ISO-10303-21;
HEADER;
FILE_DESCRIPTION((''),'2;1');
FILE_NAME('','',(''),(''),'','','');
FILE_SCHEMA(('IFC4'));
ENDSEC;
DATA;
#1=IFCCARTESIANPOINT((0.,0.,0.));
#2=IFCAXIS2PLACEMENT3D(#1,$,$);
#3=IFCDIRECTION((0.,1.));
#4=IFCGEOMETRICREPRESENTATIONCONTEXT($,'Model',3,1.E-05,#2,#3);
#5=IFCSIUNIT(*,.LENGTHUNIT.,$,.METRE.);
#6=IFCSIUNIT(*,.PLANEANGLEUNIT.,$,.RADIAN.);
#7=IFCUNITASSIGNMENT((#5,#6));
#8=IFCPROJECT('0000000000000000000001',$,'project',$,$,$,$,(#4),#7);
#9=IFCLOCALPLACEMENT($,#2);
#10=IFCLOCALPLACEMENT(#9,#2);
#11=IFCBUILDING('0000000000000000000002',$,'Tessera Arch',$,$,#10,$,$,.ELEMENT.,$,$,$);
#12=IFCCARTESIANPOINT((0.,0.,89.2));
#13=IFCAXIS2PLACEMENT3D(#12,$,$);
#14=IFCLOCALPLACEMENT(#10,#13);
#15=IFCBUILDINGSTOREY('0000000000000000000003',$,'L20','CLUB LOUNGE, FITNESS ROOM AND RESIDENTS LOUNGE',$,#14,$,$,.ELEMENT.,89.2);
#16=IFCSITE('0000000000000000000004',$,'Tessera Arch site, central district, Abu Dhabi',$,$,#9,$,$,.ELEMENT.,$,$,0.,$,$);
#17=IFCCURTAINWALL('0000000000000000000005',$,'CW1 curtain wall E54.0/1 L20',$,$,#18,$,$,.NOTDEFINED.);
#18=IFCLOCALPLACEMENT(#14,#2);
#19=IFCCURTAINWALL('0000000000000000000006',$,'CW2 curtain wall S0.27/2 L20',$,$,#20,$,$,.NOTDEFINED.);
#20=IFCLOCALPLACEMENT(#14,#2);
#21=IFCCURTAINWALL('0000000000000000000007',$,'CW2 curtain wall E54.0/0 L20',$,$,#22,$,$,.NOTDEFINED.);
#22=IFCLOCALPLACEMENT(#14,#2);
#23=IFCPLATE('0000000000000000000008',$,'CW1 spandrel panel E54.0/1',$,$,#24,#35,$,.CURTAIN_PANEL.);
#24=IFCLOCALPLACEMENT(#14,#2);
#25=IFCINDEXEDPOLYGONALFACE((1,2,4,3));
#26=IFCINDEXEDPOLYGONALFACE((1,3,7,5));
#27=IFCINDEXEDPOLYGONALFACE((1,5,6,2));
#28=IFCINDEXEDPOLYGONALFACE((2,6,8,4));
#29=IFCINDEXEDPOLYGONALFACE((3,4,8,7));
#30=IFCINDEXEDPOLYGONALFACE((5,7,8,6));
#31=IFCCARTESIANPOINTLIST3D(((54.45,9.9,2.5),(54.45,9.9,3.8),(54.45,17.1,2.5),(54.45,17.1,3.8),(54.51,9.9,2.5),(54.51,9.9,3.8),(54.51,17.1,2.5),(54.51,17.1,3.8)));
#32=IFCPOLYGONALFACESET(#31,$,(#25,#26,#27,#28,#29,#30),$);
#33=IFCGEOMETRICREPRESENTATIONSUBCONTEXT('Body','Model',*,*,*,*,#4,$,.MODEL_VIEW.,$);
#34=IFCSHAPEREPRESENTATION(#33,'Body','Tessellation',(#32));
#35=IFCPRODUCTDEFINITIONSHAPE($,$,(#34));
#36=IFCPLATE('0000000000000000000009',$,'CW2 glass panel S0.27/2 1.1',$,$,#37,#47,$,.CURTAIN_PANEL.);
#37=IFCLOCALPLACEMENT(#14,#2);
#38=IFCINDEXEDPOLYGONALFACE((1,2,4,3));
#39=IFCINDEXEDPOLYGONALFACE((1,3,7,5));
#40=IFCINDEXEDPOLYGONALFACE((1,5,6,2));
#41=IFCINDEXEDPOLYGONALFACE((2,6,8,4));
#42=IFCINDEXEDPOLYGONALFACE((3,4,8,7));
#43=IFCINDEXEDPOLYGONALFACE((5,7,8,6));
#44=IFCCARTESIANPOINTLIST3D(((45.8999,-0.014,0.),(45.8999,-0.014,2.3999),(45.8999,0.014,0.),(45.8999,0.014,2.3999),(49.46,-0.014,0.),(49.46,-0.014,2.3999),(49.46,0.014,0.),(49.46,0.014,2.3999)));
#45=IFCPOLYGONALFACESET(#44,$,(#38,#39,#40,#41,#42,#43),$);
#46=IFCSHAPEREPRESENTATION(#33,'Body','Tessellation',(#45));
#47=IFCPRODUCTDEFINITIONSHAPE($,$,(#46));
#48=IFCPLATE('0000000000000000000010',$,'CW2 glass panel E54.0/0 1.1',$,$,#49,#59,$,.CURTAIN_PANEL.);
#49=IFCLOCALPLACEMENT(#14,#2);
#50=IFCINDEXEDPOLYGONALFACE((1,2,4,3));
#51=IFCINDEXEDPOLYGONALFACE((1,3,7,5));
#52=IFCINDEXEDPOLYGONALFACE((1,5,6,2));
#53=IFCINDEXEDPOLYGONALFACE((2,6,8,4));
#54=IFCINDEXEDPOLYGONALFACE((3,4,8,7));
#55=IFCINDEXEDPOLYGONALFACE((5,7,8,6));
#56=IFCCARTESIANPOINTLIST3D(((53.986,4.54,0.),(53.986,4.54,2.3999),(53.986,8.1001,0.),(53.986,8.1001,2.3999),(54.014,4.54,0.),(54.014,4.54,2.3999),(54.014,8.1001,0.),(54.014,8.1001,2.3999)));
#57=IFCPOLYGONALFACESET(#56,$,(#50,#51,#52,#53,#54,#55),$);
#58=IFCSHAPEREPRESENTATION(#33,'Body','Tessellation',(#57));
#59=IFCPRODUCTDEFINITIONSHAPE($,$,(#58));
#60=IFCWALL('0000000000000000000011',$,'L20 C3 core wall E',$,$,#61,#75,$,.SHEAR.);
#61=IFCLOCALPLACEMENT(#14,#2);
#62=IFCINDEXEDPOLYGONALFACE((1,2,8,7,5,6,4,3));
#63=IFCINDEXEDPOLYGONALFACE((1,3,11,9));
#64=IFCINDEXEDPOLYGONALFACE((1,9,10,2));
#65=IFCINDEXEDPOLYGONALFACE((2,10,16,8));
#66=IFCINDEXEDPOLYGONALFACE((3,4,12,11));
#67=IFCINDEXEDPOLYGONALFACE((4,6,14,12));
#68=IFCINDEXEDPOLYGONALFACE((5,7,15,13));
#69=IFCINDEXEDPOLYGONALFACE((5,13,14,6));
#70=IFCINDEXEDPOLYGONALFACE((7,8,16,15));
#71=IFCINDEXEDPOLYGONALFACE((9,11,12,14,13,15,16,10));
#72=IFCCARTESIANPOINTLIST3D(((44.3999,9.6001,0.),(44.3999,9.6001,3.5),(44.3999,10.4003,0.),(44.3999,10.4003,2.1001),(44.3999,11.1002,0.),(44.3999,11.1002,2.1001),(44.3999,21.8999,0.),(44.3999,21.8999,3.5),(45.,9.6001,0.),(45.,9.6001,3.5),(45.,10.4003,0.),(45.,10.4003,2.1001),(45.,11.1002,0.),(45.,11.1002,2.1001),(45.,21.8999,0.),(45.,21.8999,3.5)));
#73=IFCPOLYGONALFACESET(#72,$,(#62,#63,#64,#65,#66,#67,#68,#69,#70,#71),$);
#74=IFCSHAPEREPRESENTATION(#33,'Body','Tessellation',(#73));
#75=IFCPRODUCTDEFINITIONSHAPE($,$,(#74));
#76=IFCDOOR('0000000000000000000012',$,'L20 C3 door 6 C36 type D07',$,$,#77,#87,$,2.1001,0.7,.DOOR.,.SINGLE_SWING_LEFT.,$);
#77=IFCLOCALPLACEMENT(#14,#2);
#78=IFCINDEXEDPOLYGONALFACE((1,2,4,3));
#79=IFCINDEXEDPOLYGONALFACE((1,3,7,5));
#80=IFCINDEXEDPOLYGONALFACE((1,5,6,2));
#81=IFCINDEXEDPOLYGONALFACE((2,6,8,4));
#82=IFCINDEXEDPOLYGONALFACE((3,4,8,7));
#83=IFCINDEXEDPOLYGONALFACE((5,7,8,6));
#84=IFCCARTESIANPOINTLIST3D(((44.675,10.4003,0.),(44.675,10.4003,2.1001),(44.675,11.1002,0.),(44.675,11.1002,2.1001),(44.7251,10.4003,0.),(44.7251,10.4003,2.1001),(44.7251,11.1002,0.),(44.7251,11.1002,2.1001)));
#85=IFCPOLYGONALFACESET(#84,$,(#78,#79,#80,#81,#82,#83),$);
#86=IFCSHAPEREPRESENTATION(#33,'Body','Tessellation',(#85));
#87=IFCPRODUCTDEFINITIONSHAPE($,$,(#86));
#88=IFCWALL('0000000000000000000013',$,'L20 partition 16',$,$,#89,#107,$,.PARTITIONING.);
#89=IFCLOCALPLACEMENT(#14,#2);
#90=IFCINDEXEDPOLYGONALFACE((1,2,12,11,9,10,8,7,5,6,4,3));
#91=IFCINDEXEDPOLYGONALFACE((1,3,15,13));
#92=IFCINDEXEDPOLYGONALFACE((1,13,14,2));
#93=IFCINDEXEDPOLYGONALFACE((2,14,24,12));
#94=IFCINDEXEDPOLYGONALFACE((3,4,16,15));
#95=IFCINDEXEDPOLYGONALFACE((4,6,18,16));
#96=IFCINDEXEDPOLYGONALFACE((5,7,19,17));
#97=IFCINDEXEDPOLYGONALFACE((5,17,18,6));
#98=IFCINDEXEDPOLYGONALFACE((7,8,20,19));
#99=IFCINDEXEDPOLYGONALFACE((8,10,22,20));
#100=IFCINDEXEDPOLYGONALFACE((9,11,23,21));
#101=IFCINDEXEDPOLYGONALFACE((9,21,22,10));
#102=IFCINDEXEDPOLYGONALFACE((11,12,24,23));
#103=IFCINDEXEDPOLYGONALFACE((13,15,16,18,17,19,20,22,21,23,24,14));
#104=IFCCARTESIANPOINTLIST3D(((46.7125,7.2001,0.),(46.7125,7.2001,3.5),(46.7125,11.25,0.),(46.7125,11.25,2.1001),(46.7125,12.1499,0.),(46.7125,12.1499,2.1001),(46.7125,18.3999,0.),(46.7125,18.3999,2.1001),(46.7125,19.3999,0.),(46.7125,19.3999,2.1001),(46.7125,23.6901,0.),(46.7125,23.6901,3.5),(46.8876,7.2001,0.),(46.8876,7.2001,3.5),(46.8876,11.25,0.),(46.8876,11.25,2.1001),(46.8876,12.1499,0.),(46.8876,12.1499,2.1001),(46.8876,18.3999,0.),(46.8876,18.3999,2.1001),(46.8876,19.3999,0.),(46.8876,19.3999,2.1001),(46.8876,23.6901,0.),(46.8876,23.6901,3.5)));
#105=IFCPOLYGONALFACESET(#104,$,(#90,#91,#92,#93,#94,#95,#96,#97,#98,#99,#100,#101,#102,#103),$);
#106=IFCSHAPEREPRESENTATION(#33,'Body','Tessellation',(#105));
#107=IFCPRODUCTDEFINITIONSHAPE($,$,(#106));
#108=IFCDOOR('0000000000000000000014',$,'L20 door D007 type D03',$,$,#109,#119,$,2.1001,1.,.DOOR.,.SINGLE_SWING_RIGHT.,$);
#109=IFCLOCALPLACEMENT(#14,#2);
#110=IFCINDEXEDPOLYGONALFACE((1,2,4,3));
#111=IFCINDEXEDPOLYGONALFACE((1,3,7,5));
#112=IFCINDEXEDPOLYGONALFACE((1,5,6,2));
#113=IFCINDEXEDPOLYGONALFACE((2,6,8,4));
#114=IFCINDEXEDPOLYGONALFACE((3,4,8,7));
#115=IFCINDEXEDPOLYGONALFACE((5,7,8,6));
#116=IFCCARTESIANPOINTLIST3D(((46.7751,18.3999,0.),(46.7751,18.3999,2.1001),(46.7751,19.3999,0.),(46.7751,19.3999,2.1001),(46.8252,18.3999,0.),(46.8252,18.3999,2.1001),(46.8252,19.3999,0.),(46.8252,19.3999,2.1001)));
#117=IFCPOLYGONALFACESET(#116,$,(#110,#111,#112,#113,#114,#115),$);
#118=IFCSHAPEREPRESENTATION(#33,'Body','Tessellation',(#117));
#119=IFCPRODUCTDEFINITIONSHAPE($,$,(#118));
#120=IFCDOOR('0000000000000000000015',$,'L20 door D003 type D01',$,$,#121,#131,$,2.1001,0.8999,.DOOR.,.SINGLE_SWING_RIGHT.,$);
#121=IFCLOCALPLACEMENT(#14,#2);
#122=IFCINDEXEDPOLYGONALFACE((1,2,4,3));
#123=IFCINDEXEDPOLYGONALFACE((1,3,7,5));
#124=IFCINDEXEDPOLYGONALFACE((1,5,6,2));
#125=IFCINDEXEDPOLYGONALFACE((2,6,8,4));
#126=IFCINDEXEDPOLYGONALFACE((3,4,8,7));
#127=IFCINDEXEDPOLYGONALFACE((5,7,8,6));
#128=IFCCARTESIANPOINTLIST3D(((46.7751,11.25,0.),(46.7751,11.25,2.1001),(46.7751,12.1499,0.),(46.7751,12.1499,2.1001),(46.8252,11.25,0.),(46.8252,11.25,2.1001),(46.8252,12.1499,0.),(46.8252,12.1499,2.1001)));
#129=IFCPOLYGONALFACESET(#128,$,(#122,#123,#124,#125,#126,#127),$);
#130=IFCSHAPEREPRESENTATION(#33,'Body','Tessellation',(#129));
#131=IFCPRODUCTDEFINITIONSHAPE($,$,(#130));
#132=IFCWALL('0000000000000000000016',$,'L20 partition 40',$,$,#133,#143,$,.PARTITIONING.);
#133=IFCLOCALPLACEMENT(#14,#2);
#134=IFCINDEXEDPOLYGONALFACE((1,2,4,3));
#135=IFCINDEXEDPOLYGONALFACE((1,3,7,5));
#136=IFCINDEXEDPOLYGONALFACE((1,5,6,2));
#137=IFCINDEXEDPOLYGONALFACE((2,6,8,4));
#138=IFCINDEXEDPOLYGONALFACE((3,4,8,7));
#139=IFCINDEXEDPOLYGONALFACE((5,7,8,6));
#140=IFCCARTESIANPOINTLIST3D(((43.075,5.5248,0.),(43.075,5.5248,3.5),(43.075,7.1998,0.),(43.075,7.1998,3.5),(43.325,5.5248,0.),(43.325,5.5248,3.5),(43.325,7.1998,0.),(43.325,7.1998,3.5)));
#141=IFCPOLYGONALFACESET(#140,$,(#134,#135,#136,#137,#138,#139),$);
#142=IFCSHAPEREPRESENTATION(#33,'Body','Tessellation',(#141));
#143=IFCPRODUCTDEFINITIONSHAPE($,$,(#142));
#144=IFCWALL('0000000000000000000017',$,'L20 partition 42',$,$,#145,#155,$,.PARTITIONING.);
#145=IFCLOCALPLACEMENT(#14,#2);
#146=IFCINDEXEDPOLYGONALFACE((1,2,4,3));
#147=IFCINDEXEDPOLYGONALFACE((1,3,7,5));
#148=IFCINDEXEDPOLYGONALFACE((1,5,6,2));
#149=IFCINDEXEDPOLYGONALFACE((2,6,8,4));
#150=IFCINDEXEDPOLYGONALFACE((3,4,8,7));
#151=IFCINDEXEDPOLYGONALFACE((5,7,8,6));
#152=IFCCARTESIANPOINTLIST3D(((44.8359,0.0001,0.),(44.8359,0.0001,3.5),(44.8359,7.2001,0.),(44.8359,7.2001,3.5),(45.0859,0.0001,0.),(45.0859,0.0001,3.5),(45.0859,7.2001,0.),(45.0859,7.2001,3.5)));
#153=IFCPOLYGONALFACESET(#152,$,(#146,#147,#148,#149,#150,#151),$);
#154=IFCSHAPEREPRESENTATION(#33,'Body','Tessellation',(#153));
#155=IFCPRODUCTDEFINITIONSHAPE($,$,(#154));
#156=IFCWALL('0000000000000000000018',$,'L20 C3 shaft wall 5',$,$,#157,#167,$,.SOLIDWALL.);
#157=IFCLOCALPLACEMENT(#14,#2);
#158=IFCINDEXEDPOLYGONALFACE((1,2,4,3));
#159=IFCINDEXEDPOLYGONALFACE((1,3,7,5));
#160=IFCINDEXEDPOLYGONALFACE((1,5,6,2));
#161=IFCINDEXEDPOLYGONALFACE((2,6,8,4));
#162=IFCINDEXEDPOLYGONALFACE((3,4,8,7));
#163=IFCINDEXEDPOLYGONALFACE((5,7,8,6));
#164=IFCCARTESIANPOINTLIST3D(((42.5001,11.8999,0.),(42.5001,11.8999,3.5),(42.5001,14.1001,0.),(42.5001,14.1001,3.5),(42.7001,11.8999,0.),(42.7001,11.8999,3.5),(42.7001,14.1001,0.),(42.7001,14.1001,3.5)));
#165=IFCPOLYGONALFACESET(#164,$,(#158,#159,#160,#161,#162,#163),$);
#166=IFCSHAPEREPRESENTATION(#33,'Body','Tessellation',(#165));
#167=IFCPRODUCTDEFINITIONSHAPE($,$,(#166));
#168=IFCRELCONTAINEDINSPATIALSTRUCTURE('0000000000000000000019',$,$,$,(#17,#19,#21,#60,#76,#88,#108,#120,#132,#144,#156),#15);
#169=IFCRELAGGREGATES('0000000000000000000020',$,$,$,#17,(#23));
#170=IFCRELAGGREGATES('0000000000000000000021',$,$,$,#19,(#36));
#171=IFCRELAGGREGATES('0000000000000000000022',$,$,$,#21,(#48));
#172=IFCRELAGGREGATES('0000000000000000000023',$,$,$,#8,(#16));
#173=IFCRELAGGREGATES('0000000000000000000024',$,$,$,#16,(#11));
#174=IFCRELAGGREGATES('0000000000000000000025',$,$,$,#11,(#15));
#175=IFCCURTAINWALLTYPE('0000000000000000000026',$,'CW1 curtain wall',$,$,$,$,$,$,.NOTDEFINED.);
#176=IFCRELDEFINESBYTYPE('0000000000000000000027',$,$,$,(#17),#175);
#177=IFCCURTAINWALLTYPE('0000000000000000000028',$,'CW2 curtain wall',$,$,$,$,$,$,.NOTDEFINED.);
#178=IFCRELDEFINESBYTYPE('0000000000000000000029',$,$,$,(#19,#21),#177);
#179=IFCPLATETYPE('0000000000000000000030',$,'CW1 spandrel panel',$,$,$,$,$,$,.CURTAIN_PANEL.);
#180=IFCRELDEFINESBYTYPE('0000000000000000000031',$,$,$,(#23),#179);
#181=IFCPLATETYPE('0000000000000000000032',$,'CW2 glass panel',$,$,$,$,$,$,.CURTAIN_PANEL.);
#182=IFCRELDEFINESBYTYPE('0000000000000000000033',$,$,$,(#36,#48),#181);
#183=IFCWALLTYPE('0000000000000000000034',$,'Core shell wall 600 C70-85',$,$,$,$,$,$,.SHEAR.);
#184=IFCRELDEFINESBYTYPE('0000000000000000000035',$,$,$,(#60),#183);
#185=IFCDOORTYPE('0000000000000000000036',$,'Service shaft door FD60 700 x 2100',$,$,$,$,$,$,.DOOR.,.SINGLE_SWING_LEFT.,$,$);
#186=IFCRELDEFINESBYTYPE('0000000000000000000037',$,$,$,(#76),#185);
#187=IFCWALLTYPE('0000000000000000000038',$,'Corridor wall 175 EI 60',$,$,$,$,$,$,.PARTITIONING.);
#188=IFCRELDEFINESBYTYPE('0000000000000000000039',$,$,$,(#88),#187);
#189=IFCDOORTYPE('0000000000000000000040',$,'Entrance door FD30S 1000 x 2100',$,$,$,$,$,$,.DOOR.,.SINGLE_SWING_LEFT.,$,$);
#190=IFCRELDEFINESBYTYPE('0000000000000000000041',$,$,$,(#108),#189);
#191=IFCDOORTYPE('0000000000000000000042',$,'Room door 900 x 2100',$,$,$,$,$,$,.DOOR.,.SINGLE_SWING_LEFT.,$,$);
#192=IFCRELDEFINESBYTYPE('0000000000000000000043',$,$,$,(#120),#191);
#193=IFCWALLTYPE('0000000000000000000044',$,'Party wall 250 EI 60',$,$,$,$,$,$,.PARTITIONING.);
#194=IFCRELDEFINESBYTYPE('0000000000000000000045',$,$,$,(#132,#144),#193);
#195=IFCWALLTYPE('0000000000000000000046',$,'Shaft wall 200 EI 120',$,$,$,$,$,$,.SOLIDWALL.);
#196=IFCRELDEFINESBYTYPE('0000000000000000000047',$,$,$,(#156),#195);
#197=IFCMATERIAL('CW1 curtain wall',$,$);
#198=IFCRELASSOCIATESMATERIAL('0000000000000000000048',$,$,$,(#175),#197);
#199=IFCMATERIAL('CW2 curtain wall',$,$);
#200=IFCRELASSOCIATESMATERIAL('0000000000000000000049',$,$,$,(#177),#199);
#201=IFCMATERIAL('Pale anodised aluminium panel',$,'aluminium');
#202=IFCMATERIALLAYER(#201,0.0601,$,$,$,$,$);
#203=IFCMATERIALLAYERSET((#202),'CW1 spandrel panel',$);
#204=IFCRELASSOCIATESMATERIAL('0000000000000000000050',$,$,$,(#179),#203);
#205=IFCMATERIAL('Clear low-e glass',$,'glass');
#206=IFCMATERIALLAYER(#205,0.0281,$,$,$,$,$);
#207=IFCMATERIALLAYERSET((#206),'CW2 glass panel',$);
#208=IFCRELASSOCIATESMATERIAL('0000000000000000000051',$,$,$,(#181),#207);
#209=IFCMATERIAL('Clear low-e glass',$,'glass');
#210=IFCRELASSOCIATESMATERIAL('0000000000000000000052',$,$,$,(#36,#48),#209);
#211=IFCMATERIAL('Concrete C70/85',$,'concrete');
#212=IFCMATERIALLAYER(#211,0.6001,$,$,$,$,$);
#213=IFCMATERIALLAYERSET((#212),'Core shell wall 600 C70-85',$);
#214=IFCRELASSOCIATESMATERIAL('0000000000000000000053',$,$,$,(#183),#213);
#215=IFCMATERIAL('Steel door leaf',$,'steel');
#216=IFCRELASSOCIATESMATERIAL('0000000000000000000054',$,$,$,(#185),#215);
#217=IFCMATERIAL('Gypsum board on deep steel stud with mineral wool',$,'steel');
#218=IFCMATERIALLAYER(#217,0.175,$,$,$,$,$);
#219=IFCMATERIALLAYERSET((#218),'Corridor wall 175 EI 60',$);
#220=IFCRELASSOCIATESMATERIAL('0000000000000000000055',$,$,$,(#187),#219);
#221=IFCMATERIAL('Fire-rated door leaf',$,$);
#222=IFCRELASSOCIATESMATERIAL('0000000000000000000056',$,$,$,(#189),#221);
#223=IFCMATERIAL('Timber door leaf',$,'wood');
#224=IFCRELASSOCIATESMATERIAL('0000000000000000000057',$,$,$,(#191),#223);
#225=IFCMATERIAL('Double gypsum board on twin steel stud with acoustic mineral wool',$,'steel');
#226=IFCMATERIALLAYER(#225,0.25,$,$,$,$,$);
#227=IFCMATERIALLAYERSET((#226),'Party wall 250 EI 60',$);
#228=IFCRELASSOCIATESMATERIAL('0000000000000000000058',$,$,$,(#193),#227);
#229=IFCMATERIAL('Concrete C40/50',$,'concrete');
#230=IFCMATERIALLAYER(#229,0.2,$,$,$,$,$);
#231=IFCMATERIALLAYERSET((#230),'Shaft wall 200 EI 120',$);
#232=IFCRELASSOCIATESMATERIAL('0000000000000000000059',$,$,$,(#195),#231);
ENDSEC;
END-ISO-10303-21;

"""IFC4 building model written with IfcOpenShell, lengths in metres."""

from ifc_helpers import new_model, si_unit, direction, frame, frame_2d, origin, origin_2d, place, context, subcontext, project, spatial, rectangle, extrude, material, layer, layer_set, type_object, element, fill, aggregate, save


model = new_model("IFC4")

# Units and contexts
model_context = context("Model", 3, precision=1e-05, world=origin(), true_north=direction((0.0, 1.0)))
body_context = subcontext(model_context, "Body", "Model", "MODEL_VIEW")
ifc_project = project(units=[si_unit("LENGTHUNIT", "METRE"), si_unit("PLANEANGLEUNIT", "RADIAN")], contexts=[model_context])

# Site, building, storey
site_placement = place(None, origin())
site = spatial("IfcSite", under=ifc_project, at=site_placement, Name="Tessera Arch site, central district, Abu Dhabi", CompositionType="ELEMENT", RefElevation=0.0)
building_placement = place(site_placement, origin())
building = spatial("IfcBuilding", under=site, at=building_placement, Name="Tessera Arch", CompositionType="ELEMENT")
storey_placement = place(building_placement, frame((0.0, 0.0, 89.2)))
storey = spatial("IfcBuildingStorey", under=building, at=storey_placement, Name="L20", Description="CLUB LOUNGE, FITNESS ROOM AND RESIDENTS LOUNGE", CompositionType="ELEMENT", Elevation=89.2)

# Curtain wall
ifc_material_1 = material(Name="CW1 curtain wall")
curtain_wall_type_1 = type_object("IfcCurtainWallType", Name="CW1 curtain wall", PredefinedType="NOTDEFINED", material=ifc_material_1)
curtain_wall_1_placement = place(storey_placement, origin())
curtain_wall_1 = element("IfcCurtainWall", 1, at=curtain_wall_1_placement, inside=storey, type_object=curtain_wall_type_1, Name="CW1 curtain wall E54.0/1 L20", PredefinedType="NOTDEFINED")

# Curtain walls
ifc_material_2 = material(Name="CW2 curtain wall")
curtain_wall_type_2 = type_object("IfcCurtainWallType", Name="CW2 curtain wall", PredefinedType="NOTDEFINED", material=ifc_material_2)
curtain_wall_2_placement = place(storey_placement, origin())
curtain_wall_2 = element("IfcCurtainWall", 2, at=curtain_wall_2_placement, inside=storey, type_object=curtain_wall_type_2, Name="CW2 curtain wall S0.27/2 L20", PredefinedType="NOTDEFINED")
curtain_wall_3_placement = place(storey_placement, origin())
curtain_wall_3 = element("IfcCurtainWall", 3, at=curtain_wall_3_placement, inside=storey, type_object=curtain_wall_type_2, Name="CW2 curtain wall E54.0/0 L20", PredefinedType="NOTDEFINED")

# Shared definitions
ifc_material_3 = material(Name="Clear low-e glass", Category="glass")

# Plates
ifc_material_4 = material(Name="Pale anodised aluminium panel", Category="aluminium")
ifc_layer_1 = layer(ifc_material_4, 0.0601)
ifc_layer_set_1 = layer_set([ifc_layer_1], Name="CW1 spandrel panel")
plate_type_1 = type_object("IfcPlateType", Name="CW1 spandrel panel", PredefinedType="CURTAIN_PANEL", material=ifc_layer_set_1)
plate_1_placement = place(storey_placement, frame((54.48, 13.5, 2.5), z_axis=(0.0, 0.0, 1.0), x_axis=(0.0, 1.0, 0.0)))
plate_1 = element("IfcPlate", 4, at=plate_1_placement, type_object=plate_type_1, Name="CW1 spandrel panel E54.0/1", PredefinedType="CURTAIN_PANEL", context=body_context, shape_type="SweptSolid", body=[
    extrude(rectangle(XDim=7.2, YDim=0.0601, at=origin_2d()), origin(), (0.0, 0.0, 1.0), 1.3),
])
aggregate(curtain_wall_1, [plate_1])
ifc_material_5 = material(Name="Clear low-e glass", Category="glass")
ifc_layer_2 = layer(ifc_material_5, 0.0281)
ifc_layer_set_2 = layer_set([ifc_layer_2], Name="CW2 glass panel")
plate_type_2 = type_object("IfcPlateType", Name="CW2 glass panel", PredefinedType="CURTAIN_PANEL", material=ifc_layer_set_2)
plate_2_placement = place(storey_placement, frame((47.6799, 0.0, 0.0), z_axis=(0.0, 0.0, 1.0), x_axis=(1.0, 0.0, 0.0)))
plate_2 = element("IfcPlate", 5, at=plate_2_placement, type_object=plate_type_2, material=ifc_material_3, Name="CW2 glass panel S0.27/2 1.1", PredefinedType="CURTAIN_PANEL", context=body_context, shape_type="SweptSolid", body=[
    extrude(rectangle(XDim=3.5601, YDim=0.0281, at=origin_2d()), origin(), (0.0, 0.0, 1.0), 2.3999),
])
aggregate(curtain_wall_2, [plate_2])
plate_3_placement = place(storey_placement, frame((54.0, 6.3201, 0.0), z_axis=(0.0, 0.0, 1.0), x_axis=(0.0, 1.0, 0.0)))
plate_3 = element("IfcPlate", 6, at=plate_3_placement, type_object=plate_type_2, material=ifc_material_3, Name="CW2 glass panel E54.0/0 1.1", PredefinedType="CURTAIN_PANEL", context=body_context, shape_type="SweptSolid", body=[
    extrude(rectangle(XDim=3.5601, YDim=0.0281, at=origin_2d()), origin(), (0.0, 0.0, 1.0), 2.3999),
])
aggregate(curtain_wall_3, [plate_3])

# Wall, opening, door
ifc_material_6 = material(Name="Concrete C70/85", Category="concrete")
ifc_layer_3 = layer(ifc_material_6, 0.6001)
ifc_layer_set_3 = layer_set([ifc_layer_3], Name="Core shell wall 600 C70-85")
wall_type_1 = type_object("IfcWallType", Name="Core shell wall 600 C70-85", PredefinedType="SHEAR", material=ifc_layer_set_3)
wall_1_placement = place(storey_placement, frame((44.7, 9.6001, 0.0), z_axis=(0.0, 0.0, 1.0), x_axis=(0.0, 1.0, 0.0)))
wall_1 = element("IfcWall", 7, at=wall_1_placement, inside=storey, type_object=wall_type_1, Name="L20 C3 core wall E", PredefinedType="SHEAR", context=body_context, shape_type="SweptSolid", body=[
    extrude(rectangle(XDim=12.2998, YDim=0.6001, at=frame_2d((6.1499, 0.0))), origin(), (0.0, 0.0, 1.0), 3.5),
])
opening_1_placement = place(wall_1_placement, frame((0.8, 0.0, 0.0)))
opening_1 = element("IfcOpeningElement", 8, at=opening_1_placement, cuts=wall_1, PredefinedType="OPENING", context=body_context, shape_type="SweptSolid", body=[
    extrude(rectangle(XDim=0.7, YDim=2.1001, at=frame_2d((0.3501, 1.05))), frame((0.0, 0.3101, 0.0), z_axis=(0.0, -1.0, 0.0), x_axis=(1.0, 0.0, 0.0)), (0.0, 0.0, 1.0), 0.6201),
])
ifc_material_7 = material(Name="Steel door leaf", Category="steel")
door_type_1 = type_object("IfcDoorType", Name="Service shaft door FD60 700 x 2100", OperationType="SINGLE_SWING_LEFT", PredefinedType="DOOR", material=ifc_material_7)
door_1_placement = place(opening_1_placement, origin())
door_1 = element("IfcDoor", 9, at=door_1_placement, inside=storey, type_object=door_type_1, Name="L20 C3 door 6 C36 type D07", OperationType="SINGLE_SWING_LEFT", OverallHeight=2.1001, OverallWidth=0.7, PredefinedType="DOOR", context=body_context, shape_type="SweptSolid", body=[
    extrude(rectangle(XDim=0.7, YDim=2.1001, at=frame_2d((0.3501, 1.05))), frame((0.0, 0.0249, 0.0), z_axis=(0.0, -1.0, 0.0), x_axis=(1.0, 0.0, 0.0)), (0.0, 0.0, 1.0), 0.05),
])
fill(opening_1, door_1)

# Wall, openings, doors
ifc_material_8 = material(Name="Gypsum board on deep steel stud with mineral wool", Category="steel")
ifc_layer_4 = layer(ifc_material_8, 0.175)
ifc_layer_set_4 = layer_set([ifc_layer_4], Name="Corridor wall 175 EI 60")
wall_type_2 = type_object("IfcWallType", Name="Corridor wall 175 EI 60", PredefinedType="PARTITIONING", material=ifc_layer_set_4)
wall_2_placement = place(storey_placement, frame((46.8, 7.2, 0.0), z_axis=(0.0, 0.0, 1.0), x_axis=(0.0, 1.0, 0.0)))
wall_2 = element("IfcWall", 10, at=wall_2_placement, inside=storey, type_object=wall_type_2, Name="L20 partition 16", PredefinedType="PARTITIONING", context=body_context, shape_type="SweptSolid", body=[
    extrude(rectangle(XDim=16.49, YDim=0.175, at=frame_2d((8.2451, 0.0))), origin(), (0.0, 0.0, 1.0), 3.5),
])
opening_2_placement = place(wall_2_placement, frame((4.05, 0.0, 0.0)))
opening_2 = element("IfcOpeningElement", 11, at=opening_2_placement, cuts=wall_2, PredefinedType="OPENING", context=body_context, shape_type="SweptSolid", body=[
    extrude(rectangle(XDim=0.8999, YDim=2.1001, at=frame_2d((0.45, 1.05))), frame((0.0, 0.0974, 0.0), z_axis=(0.0, -1.0, 0.0), x_axis=(1.0, 0.0, 0.0)), (0.0, 0.0, 1.0), 0.1951),
])
opening_3_placement = place(wall_2_placement, frame((11.2, 0.0, 0.0)))
opening_3 = element("IfcOpeningElement", 12, at=opening_3_placement, cuts=wall_2, PredefinedType="OPENING", context=body_context, shape_type="SweptSolid", body=[
    extrude(rectangle(XDim=1.0, YDim=2.1001, at=frame_2d((0.5, 1.05))), frame((0.0, 0.0974, 0.0), z_axis=(0.0, -1.0, 0.0), x_axis=(1.0, 0.0, 0.0)), (0.0, 0.0, 1.0), 0.1951),
])
ifc_material_9 = material(Name="Fire-rated door leaf")
door_type_2 = type_object("IfcDoorType", Name="Entrance door FD30S 1000 x 2100", OperationType="SINGLE_SWING_LEFT", PredefinedType="DOOR", material=ifc_material_9)
door_2_placement = place(opening_3_placement, origin())
door_2 = element("IfcDoor", 13, at=door_2_placement, inside=storey, type_object=door_type_2, Name="L20 door D007 type D03", OperationType="SINGLE_SWING_RIGHT", OverallHeight=2.1001, OverallWidth=1.0, PredefinedType="DOOR", context=body_context, shape_type="SweptSolid", body=[
    extrude(rectangle(XDim=1.0, YDim=2.1001, at=frame_2d((0.5, 1.05))), frame((0.0, 0.0249, 0.0), z_axis=(0.0, -1.0, 0.0), x_axis=(1.0, 0.0, 0.0)), (0.0, 0.0, 1.0), 0.05),
])
fill(opening_3, door_2)
ifc_material_10 = material(Name="Timber door leaf", Category="wood")
door_type_3 = type_object("IfcDoorType", Name="Room door 900 x 2100", OperationType="SINGLE_SWING_LEFT", PredefinedType="DOOR", material=ifc_material_10)
door_3_placement = place(opening_2_placement, origin())
door_3 = element("IfcDoor", 14, at=door_3_placement, inside=storey, type_object=door_type_3, Name="L20 door D003 type D01", OperationType="SINGLE_SWING_RIGHT", OverallHeight=2.1001, OverallWidth=0.8999, PredefinedType="DOOR", context=body_context, shape_type="SweptSolid", body=[
    extrude(rectangle(XDim=0.8999, YDim=2.1001, at=frame_2d((0.45, 1.05))), frame((0.0, 0.0249, 0.0), z_axis=(0.0, -1.0, 0.0), x_axis=(1.0, 0.0, 0.0)), (0.0, 0.0, 1.0), 0.05),
])
fill(opening_2, door_3)

# Walls
ifc_material_11 = material(Name="Double gypsum board on twin steel stud with acoustic mineral wool", Category="steel")
ifc_layer_5 = layer(ifc_material_11, 0.25)
ifc_layer_set_5 = layer_set([ifc_layer_5], Name="Party wall 250 EI 60")
wall_type_3 = type_object("IfcWallType", Name="Party wall 250 EI 60", PredefinedType="PARTITIONING", material=ifc_layer_set_5)
wall_3_placement = place(storey_placement, frame((43.2, 5.5249, 0.0), z_axis=(0.0, 0.0, 1.0), x_axis=(0.0, 1.0, 0.0)))
element("IfcWall", 15, at=wall_3_placement, inside=storey, type_object=wall_type_3, Name="L20 partition 40", PredefinedType="PARTITIONING", context=body_context, shape_type="SweptSolid", body=[
    extrude(rectangle(XDim=1.675, YDim=0.25, at=frame_2d((0.8374, 0.0))), origin(), (0.0, 0.0, 1.0), 3.5),
])
wall_4_placement = place(storey_placement, frame((44.9609, 0.0, 0.0), z_axis=(0.0, 0.0, 1.0), x_axis=(0.0, 1.0, 0.0)))
element("IfcWall", 16, at=wall_4_placement, inside=storey, type_object=wall_type_3, Name="L20 partition 42", PredefinedType="PARTITIONING", context=body_context, shape_type="SweptSolid", body=[
    extrude(rectangle(XDim=7.2, YDim=0.25, at=frame_2d((3.6001, 0.0))), origin(), (0.0, 0.0, 1.0), 3.5),
])
ifc_material_12 = material(Name="Concrete C40/50", Category="concrete")
ifc_layer_6 = layer(ifc_material_12, 0.2)
ifc_layer_set_6 = layer_set([ifc_layer_6], Name="Shaft wall 200 EI 120")
wall_type_4 = type_object("IfcWallType", Name="Shaft wall 200 EI 120", PredefinedType="SOLIDWALL", material=ifc_layer_set_6)
wall_5_placement = place(storey_placement, frame((42.6001, 11.8999, 0.0), z_axis=(0.0, 0.0, 1.0), x_axis=(0.0, 1.0, 0.0)))
element("IfcWall", 17, at=wall_5_placement, inside=storey, type_object=wall_type_4, Name="L20 C3 shaft wall 5", PredefinedType="SOLIDWALL", context=body_context, shape_type="SweptSolid", body=[
    extrude(rectangle(XDim=2.2002, YDim=0.2, at=frame_2d((1.1001, 0.0))), origin(), (0.0, 0.0, 1.0), 3.5),
])

save(model, "model.ifc")
